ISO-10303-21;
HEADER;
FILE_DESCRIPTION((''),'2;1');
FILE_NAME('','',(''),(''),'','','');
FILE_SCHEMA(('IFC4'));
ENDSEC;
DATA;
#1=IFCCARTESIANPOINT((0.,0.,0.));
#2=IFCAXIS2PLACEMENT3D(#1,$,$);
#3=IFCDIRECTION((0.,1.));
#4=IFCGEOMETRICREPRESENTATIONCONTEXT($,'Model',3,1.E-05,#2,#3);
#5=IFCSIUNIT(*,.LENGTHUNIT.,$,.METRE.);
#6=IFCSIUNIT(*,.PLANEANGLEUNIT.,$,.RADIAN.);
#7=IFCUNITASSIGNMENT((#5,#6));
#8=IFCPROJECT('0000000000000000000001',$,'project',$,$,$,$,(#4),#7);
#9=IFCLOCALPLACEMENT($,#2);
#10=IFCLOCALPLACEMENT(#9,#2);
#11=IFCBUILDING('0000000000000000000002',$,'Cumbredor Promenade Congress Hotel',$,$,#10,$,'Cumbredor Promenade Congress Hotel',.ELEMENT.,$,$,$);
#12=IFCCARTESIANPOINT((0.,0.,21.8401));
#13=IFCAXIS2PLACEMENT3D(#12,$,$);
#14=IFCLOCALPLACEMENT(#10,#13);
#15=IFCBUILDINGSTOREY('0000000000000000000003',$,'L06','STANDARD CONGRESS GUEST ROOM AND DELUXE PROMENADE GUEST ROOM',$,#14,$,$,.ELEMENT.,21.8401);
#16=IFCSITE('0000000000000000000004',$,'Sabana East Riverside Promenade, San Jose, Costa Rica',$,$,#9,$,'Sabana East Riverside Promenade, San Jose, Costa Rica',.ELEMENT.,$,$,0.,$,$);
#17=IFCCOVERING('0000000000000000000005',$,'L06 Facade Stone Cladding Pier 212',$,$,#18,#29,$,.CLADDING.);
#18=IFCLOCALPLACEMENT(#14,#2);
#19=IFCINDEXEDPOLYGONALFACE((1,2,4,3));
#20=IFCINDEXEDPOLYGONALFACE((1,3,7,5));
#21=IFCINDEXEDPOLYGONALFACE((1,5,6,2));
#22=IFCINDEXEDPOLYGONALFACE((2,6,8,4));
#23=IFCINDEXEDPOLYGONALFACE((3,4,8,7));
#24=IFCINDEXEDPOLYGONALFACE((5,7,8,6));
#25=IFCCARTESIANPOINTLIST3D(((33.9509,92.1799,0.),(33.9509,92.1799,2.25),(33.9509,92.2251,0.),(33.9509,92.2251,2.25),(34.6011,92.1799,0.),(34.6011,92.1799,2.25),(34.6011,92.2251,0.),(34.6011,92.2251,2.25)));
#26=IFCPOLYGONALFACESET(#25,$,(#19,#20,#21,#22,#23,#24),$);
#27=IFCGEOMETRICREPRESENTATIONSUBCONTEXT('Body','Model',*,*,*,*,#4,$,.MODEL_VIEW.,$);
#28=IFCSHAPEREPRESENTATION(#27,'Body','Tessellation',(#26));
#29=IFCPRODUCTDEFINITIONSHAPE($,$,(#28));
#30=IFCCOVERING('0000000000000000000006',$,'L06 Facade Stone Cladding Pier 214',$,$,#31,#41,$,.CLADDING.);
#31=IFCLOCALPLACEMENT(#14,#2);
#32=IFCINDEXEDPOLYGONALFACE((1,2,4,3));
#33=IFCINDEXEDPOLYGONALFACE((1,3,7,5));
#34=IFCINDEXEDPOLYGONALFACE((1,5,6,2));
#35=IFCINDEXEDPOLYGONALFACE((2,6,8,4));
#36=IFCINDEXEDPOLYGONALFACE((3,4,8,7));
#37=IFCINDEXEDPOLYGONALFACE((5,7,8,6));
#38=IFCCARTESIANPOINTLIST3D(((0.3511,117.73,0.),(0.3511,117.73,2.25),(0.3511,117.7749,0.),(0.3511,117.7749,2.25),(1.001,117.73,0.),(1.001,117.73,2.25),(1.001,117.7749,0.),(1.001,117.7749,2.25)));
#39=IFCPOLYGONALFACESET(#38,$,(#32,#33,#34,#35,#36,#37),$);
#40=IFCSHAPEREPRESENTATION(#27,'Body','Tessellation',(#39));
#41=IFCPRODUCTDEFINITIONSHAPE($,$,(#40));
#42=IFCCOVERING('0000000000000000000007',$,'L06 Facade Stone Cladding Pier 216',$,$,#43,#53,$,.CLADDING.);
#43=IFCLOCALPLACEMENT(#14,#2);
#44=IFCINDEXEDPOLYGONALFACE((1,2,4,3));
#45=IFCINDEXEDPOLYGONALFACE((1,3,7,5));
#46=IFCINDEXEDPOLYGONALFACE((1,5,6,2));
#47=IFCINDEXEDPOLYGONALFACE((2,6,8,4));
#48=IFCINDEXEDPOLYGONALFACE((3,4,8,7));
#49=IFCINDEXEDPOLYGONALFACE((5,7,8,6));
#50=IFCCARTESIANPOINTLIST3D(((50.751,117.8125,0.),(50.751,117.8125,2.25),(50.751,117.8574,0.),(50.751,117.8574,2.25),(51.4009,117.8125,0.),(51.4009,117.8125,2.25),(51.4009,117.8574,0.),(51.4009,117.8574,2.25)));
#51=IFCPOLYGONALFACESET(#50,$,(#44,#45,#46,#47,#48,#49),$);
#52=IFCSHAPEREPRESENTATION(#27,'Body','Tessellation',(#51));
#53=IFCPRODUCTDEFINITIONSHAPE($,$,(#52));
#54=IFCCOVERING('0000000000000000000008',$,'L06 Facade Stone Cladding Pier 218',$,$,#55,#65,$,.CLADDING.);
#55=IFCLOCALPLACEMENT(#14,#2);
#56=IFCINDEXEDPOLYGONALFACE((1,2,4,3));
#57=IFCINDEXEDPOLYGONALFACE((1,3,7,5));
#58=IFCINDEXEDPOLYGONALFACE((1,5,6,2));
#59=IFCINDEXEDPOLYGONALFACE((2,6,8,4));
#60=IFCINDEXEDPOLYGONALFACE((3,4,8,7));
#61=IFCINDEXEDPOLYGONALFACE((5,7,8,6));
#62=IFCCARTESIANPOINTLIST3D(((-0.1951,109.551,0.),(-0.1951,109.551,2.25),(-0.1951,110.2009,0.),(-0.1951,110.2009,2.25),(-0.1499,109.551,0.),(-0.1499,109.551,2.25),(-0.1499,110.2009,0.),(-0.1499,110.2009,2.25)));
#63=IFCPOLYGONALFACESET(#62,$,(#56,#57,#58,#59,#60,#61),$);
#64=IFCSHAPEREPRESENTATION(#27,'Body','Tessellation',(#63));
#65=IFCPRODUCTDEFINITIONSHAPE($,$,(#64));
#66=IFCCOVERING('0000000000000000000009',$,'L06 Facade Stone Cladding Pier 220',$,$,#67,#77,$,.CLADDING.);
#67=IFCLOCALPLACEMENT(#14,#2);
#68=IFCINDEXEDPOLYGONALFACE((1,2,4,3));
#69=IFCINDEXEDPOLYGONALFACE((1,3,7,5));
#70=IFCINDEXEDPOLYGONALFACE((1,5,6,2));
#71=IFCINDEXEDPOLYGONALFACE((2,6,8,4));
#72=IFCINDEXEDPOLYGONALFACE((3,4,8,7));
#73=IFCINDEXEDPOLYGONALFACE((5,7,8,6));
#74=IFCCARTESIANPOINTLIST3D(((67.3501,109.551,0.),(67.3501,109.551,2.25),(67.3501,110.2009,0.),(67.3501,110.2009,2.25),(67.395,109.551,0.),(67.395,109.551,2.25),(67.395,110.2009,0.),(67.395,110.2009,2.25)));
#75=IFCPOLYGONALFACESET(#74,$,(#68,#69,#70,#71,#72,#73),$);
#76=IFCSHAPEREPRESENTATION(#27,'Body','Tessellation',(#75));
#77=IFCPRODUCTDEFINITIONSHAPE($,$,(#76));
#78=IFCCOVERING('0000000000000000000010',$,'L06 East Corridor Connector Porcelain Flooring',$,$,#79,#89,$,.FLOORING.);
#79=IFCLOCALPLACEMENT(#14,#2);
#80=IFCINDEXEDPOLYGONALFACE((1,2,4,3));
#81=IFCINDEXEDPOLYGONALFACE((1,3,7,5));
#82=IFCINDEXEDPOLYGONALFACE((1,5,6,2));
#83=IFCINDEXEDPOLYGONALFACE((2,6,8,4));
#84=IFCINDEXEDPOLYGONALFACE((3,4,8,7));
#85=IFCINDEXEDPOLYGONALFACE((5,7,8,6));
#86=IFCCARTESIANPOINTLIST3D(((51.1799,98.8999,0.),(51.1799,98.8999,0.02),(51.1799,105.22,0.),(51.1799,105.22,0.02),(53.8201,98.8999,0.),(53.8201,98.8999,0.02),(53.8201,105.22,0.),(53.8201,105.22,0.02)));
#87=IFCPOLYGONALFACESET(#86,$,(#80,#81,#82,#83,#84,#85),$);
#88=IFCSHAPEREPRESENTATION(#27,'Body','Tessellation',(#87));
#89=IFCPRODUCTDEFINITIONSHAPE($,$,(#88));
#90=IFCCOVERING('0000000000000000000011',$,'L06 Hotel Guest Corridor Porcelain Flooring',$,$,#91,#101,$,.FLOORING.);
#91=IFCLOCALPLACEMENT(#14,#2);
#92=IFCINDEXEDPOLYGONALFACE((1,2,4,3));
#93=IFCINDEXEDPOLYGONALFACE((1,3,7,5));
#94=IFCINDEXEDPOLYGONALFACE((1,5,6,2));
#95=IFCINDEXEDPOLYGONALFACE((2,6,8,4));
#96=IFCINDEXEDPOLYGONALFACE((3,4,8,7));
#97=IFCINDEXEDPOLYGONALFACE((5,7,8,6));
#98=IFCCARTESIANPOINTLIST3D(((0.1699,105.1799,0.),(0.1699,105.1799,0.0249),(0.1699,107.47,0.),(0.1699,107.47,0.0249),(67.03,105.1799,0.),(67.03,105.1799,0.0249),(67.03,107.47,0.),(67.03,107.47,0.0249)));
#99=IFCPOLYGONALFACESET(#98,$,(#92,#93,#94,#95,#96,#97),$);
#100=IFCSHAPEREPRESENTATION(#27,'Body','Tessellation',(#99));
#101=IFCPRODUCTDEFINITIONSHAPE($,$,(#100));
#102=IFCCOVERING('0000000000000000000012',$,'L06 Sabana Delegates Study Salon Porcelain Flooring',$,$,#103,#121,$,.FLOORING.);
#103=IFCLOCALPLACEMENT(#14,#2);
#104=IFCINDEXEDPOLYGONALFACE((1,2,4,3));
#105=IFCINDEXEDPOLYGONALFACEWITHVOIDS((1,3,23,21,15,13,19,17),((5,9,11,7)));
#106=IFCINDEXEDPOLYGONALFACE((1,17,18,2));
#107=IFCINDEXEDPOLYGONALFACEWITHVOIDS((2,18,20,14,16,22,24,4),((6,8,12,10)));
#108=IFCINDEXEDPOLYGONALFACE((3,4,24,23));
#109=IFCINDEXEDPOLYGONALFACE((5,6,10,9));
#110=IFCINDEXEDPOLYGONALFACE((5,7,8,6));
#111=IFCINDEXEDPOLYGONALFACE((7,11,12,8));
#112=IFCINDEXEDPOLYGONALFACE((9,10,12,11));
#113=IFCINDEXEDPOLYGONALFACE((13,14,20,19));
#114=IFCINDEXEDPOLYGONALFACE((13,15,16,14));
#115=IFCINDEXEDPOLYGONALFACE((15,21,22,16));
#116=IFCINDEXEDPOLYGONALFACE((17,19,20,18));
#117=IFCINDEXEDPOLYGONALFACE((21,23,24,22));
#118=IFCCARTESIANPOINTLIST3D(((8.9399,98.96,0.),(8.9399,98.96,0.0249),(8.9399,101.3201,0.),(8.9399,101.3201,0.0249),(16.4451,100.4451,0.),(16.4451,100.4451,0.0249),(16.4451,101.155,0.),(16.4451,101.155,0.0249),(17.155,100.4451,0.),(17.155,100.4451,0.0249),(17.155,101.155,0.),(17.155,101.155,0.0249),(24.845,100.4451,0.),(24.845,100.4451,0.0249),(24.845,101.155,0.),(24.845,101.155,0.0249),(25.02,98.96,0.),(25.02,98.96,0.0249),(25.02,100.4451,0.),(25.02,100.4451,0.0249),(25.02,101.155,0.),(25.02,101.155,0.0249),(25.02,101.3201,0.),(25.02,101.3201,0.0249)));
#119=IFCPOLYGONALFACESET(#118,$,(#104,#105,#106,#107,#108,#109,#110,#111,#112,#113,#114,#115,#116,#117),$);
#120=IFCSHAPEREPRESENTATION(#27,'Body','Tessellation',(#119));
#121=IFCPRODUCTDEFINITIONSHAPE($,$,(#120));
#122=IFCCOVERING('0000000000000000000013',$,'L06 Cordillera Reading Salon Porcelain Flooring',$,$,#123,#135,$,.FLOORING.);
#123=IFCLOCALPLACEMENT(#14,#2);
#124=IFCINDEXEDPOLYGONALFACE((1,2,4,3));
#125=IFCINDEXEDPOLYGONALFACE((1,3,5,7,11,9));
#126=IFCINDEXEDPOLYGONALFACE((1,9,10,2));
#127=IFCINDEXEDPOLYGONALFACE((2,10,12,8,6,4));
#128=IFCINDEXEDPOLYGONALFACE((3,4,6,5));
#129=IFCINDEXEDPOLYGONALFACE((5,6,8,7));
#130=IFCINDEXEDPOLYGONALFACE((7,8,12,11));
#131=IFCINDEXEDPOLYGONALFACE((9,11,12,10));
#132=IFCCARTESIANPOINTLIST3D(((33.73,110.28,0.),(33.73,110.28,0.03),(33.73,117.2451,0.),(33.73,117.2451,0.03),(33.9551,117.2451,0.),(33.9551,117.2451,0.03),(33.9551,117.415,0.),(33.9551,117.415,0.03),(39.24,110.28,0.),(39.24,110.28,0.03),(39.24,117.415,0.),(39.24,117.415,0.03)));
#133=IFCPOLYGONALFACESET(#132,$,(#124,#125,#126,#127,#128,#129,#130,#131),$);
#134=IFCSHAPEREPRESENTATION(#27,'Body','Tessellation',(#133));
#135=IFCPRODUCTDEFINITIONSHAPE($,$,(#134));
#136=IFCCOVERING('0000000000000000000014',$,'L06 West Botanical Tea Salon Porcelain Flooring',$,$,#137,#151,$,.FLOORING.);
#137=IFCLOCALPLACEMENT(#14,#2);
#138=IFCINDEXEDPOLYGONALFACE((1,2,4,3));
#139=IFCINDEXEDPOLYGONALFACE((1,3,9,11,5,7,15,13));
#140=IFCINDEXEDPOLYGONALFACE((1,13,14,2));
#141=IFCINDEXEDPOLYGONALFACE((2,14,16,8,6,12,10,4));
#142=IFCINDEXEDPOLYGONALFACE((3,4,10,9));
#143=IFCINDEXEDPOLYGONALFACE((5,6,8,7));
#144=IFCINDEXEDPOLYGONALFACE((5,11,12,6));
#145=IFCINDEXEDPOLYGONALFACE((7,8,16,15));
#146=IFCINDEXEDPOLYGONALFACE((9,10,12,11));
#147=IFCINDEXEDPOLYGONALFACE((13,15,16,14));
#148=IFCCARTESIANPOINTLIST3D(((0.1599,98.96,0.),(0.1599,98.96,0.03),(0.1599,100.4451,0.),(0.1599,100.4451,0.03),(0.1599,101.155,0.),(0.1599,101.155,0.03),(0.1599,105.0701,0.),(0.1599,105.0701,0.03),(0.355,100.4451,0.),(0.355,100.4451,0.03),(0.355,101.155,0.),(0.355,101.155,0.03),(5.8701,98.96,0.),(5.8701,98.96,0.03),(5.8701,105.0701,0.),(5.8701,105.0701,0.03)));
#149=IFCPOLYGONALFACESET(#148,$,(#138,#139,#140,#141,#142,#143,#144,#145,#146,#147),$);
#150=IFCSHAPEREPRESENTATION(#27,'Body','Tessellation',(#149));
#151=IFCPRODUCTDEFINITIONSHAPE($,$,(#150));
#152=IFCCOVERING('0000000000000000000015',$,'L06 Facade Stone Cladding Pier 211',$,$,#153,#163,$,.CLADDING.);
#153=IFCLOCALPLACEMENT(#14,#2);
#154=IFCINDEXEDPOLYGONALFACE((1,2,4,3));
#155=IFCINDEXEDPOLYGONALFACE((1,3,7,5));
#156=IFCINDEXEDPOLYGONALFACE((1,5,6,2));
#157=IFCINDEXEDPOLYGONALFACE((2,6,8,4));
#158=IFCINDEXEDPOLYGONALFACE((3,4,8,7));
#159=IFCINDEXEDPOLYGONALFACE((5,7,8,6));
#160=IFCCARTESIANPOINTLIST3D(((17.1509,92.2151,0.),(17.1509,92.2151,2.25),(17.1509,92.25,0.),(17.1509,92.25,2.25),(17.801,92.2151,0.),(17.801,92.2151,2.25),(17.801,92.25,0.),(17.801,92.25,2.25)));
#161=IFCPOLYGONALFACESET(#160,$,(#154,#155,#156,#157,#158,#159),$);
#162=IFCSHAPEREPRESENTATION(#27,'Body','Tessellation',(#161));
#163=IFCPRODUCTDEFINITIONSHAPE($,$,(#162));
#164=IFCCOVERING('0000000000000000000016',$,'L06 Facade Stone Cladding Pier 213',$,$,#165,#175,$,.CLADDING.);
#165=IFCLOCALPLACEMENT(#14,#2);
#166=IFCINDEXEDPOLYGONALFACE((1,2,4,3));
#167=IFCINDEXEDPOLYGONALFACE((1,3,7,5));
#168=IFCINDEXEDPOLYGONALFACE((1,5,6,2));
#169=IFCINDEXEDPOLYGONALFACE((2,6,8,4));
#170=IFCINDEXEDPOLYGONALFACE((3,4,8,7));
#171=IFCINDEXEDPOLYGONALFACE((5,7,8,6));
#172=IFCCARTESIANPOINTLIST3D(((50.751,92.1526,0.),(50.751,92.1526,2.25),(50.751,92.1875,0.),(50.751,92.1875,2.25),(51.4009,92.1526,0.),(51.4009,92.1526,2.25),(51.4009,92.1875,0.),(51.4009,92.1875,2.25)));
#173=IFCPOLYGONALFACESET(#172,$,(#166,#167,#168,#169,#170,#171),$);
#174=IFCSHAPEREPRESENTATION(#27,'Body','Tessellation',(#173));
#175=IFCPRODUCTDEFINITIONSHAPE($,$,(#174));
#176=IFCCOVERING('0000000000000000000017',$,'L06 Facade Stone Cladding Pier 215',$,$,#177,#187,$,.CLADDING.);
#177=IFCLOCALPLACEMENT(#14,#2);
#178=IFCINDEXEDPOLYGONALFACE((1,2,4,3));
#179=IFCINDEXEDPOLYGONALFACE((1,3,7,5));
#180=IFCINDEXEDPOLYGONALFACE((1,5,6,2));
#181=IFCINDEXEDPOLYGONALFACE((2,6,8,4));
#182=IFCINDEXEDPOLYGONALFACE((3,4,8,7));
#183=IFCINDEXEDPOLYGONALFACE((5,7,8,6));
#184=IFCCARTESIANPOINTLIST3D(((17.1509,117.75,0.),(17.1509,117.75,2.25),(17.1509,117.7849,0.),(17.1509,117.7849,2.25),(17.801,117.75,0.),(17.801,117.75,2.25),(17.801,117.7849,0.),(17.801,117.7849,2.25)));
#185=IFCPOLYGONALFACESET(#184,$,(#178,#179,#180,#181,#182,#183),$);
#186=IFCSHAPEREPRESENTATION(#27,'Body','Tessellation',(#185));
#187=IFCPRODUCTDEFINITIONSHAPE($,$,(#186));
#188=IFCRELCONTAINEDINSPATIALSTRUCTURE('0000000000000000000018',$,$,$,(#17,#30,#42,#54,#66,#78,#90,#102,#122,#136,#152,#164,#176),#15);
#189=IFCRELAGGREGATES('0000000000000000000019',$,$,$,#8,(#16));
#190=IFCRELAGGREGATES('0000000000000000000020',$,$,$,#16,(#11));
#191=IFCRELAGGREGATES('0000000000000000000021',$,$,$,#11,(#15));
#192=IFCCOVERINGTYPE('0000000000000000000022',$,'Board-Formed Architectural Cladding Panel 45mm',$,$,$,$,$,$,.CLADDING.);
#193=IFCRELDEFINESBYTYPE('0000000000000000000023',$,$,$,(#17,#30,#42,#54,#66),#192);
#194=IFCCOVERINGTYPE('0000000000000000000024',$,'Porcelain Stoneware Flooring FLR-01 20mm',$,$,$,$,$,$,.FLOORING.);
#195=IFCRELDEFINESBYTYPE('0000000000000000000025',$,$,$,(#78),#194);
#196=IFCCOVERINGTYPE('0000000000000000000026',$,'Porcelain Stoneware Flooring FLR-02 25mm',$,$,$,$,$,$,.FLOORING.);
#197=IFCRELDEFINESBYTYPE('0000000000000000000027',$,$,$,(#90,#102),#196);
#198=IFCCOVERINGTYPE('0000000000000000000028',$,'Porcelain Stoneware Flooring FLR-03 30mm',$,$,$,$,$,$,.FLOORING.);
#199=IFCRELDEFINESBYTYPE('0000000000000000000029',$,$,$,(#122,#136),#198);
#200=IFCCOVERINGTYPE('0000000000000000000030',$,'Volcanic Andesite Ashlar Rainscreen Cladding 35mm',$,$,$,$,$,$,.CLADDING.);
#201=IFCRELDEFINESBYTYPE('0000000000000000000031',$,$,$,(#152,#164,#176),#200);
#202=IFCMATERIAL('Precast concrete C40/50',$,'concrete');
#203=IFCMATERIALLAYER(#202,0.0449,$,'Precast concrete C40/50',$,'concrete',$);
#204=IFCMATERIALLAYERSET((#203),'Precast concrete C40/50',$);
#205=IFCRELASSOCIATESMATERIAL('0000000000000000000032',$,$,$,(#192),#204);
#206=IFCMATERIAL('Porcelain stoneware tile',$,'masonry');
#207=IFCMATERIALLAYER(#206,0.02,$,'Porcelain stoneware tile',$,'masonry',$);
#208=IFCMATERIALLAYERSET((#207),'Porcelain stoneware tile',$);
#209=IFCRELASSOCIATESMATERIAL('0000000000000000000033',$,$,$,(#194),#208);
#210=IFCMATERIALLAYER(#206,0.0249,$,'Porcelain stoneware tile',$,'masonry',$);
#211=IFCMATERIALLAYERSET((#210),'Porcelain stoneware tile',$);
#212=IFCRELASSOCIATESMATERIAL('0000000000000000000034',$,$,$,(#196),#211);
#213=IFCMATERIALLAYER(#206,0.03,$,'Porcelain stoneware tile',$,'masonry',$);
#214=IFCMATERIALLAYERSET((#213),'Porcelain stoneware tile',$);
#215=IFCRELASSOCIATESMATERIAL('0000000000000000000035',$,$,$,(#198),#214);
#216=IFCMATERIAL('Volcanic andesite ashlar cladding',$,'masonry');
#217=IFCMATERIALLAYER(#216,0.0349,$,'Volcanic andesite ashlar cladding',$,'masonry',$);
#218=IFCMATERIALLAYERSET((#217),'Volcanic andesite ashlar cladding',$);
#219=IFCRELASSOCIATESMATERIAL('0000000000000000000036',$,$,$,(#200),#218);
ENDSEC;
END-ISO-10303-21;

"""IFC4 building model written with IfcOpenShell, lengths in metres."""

from ifc_helpers import new_model, si_unit, direction, frame, origin, place, context, subcontext, project, spatial, polyline, outline, extrude, material, layer, layer_set, type_object, element, save


model = new_model("IFC4")

# Units and contexts
model_context = context("Model", 3, precision=1e-05, world=origin(), true_north=direction((0.0, 1.0)))
body_context = subcontext(model_context, "Body", "Model", "MODEL_VIEW")
ifc_project = project(units=[si_unit("LENGTHUNIT", "METRE"), si_unit("PLANEANGLEUNIT", "RADIAN")], contexts=[model_context])

# Site, building, storey
site_placement = place(None, origin())
site = spatial("IfcSite", under=ifc_project, at=site_placement, Name="Sabana East Riverside Promenade, San Jose, Costa Rica", LongName="Sabana East Riverside Promenade, San Jose, Costa Rica", CompositionType="ELEMENT", RefElevation=0.0)
building_placement = place(site_placement, origin())
building = spatial("IfcBuilding", under=site, at=building_placement, Name="Cumbredor Promenade Congress Hotel", LongName="Cumbredor Promenade Congress Hotel", CompositionType="ELEMENT")
storey_placement = place(building_placement, frame((0.0, 0.0, 21.8401)))
storey = spatial("IfcBuildingStorey", under=building, at=storey_placement, Name="L06", Description="STANDARD CONGRESS GUEST ROOM AND DELUXE PROMENADE GUEST ROOM", CompositionType="ELEMENT", Elevation=21.8401)

# Coverings
ifc_material_1 = material(Name="Precast concrete C40/50", Category="concrete")
ifc_layer_1 = layer(ifc_material_1, 0.0449, Name="Precast concrete C40/50", Category="concrete")
ifc_layer_set_1 = layer_set([ifc_layer_1], Name="Precast concrete C40/50")
covering_type_1 = type_object("IfcCoveringType", Name="Board-Formed Architectural Cladding Panel 45mm", PredefinedType="CLADDING", material=ifc_layer_set_1)
covering_1_placement = place(storey_placement, origin())
element("IfcCovering", 1, at=covering_1_placement, inside=storey, type_object=covering_type_1, Name="L06 Facade Stone Cladding Pier 212", PredefinedType="CLADDING", context=body_context, shape_type="SweptSolid", body=[
    extrude(outline(polyline([(33.9509, 92.2251), (34.6011, 92.2251), (34.6011, 92.1799), (33.9509, 92.1799), (33.9509, 92.2251)])), origin(), (0.0, 0.0, 1.0), 2.25),
])
covering_2_placement = place(storey_placement, origin())
element("IfcCovering", 2, at=covering_2_placement, inside=storey, type_object=covering_type_1, Name="L06 Facade Stone Cladding Pier 214", PredefinedType="CLADDING", context=body_context, shape_type="SweptSolid", body=[
    extrude(outline(polyline([(0.3511, 117.73), (1.001, 117.73), (1.001, 117.7749), (0.3511, 117.7749), (0.3511, 117.73)])), origin(), (0.0, 0.0, 1.0), 2.25),
])
covering_3_placement = place(storey_placement, origin())
element("IfcCovering", 3, at=covering_3_placement, inside=storey, type_object=covering_type_1, Name="L06 Facade Stone Cladding Pier 216", PredefinedType="CLADDING", context=body_context, shape_type="SweptSolid", body=[
    extrude(outline(polyline([(50.751, 117.8125), (51.4009, 117.8125), (51.4009, 117.8574), (50.751, 117.8574), (50.751, 117.8125)])), origin(), (0.0, 0.0, 1.0), 2.25),
])
covering_4_placement = place(storey_placement, origin())
element("IfcCovering", 4, at=covering_4_placement, inside=storey, type_object=covering_type_1, Name="L06 Facade Stone Cladding Pier 218", PredefinedType="CLADDING", context=body_context, shape_type="SweptSolid", body=[
    extrude(outline(polyline([(-0.1499, 109.551), (-0.1499, 110.2009), (-0.1951, 110.2009), (-0.1951, 109.551), (-0.1499, 109.551)])), origin(), (0.0, 0.0, 1.0), 2.25),
])
covering_5_placement = place(storey_placement, origin())
element("IfcCovering", 5, at=covering_5_placement, inside=storey, type_object=covering_type_1, Name="L06 Facade Stone Cladding Pier 220", PredefinedType="CLADDING", context=body_context, shape_type="SweptSolid", body=[
    extrude(outline(polyline([(67.3501, 109.551), (67.3501, 110.2009), (67.395, 110.2009), (67.395, 109.551), (67.3501, 109.551)])), origin(), (0.0, 0.0, 1.0), 2.25),
])
ifc_material_2 = material(Name="Porcelain stoneware tile", Category="masonry")
ifc_layer_2 = layer(ifc_material_2, 0.02, Name="Porcelain stoneware tile", Category="masonry")
ifc_layer_set_2 = layer_set([ifc_layer_2], Name="Porcelain stoneware tile")
covering_type_2 = type_object("IfcCoveringType", Name="Porcelain Stoneware Flooring FLR-01 20mm", PredefinedType="FLOORING", material=ifc_layer_set_2)
covering_6_placement = place(storey_placement, origin())
element("IfcCovering", 6, at=covering_6_placement, inside=storey, type_object=covering_type_2, Name="L06 East Corridor Connector Porcelain Flooring", PredefinedType="FLOORING", context=body_context, shape_type="SweptSolid", body=[
    extrude(outline(polyline([(53.8201, 98.8999), (53.8201, 105.22), (51.1799, 105.22), (51.1799, 98.8999), (53.8201, 98.8999)])), origin(), (0.0, 0.0, 1.0), 0.02),
])
ifc_layer_3 = layer(ifc_material_2, 0.0249, Name="Porcelain stoneware tile", Category="masonry")
ifc_layer_set_3 = layer_set([ifc_layer_3], Name="Porcelain stoneware tile")
covering_type_3 = type_object("IfcCoveringType", Name="Porcelain Stoneware Flooring FLR-02 25mm", PredefinedType="FLOORING", material=ifc_layer_set_3)
covering_7_placement = place(storey_placement, origin())
element("IfcCovering", 7, at=covering_7_placement, inside=storey, type_object=covering_type_3, Name="L06 Hotel Guest Corridor Porcelain Flooring", PredefinedType="FLOORING", context=body_context, shape_type="SweptSolid", body=[
    extrude(outline(polyline([(67.03, 105.1799), (67.03, 107.47), (0.1699, 107.47), (0.1699, 105.1799), (67.03, 105.1799)])), origin(), (0.0, 0.0, 1.0), 0.0249),
])
covering_8_placement = place(storey_placement, origin())
element("IfcCovering", 8, at=covering_8_placement, inside=storey, type_object=covering_type_3, Name="L06 Sabana Delegates Study Salon Porcelain Flooring", PredefinedType="FLOORING", context=body_context, shape_type="SweptSolid", body=[
    extrude(outline(polyline([(8.9399, 101.3201), (25.02, 101.3201), (25.02, 101.155), (24.845, 101.155), (24.845, 100.4451), (25.02, 100.4451), (25.02, 98.96), (8.9399, 98.96), (8.9399, 101.3201)]), holes=[polyline([(16.4451, 101.155), (16.4451, 100.4451), (17.155, 100.4451), (17.155, 101.155), (16.4451, 101.155)])]), origin(), (0.0, 0.0, 1.0), 0.0249),
])
ifc_layer_4 = layer(ifc_material_2, 0.03, Name="Porcelain stoneware tile", Category="masonry")
ifc_layer_set_4 = layer_set([ifc_layer_4], Name="Porcelain stoneware tile")
covering_type_4 = type_object("IfcCoveringType", Name="Porcelain Stoneware Flooring FLR-03 30mm", PredefinedType="FLOORING", material=ifc_layer_set_4)
covering_9_placement = place(storey_placement, origin())
element("IfcCovering", 9, at=covering_9_placement, inside=storey, type_object=covering_type_4, Name="L06 Cordillera Reading Salon Porcelain Flooring", PredefinedType="FLOORING", context=body_context, shape_type="SweptSolid", body=[
    extrude(outline(polyline([(39.24, 117.415), (39.24, 110.28), (33.73, 110.28), (33.73, 117.2451), (33.9551, 117.2451), (33.9551, 117.415), (39.24, 117.415)])), origin(), (0.0, 0.0, 1.0), 0.03),
])
covering_10_placement = place(storey_placement, origin())
element("IfcCovering", 10, at=covering_10_placement, inside=storey, type_object=covering_type_4, Name="L06 West Botanical Tea Salon Porcelain Flooring", PredefinedType="FLOORING", context=body_context, shape_type="SweptSolid", body=[
    extrude(outline(polyline([(0.1599, 105.0701), (5.8701, 105.0701), (5.8701, 98.96), (0.1599, 98.96), (0.1599, 100.4451), (0.355, 100.4451), (0.355, 101.155), (0.1599, 101.155), (0.1599, 105.0701)])), origin(), (0.0, 0.0, 1.0), 0.03),
])
ifc_material_3 = material(Name="Volcanic andesite ashlar cladding", Category="masonry")
ifc_layer_5 = layer(ifc_material_3, 0.0349, Name="Volcanic andesite ashlar cladding", Category="masonry")
ifc_layer_set_5 = layer_set([ifc_layer_5], Name="Volcanic andesite ashlar cladding")
covering_type_5 = type_object("IfcCoveringType", Name="Volcanic Andesite Ashlar Rainscreen Cladding 35mm", PredefinedType="CLADDING", material=ifc_layer_set_5)
covering_11_placement = place(storey_placement, origin())
element("IfcCovering", 11, at=covering_11_placement, inside=storey, type_object=covering_type_5, Name="L06 Facade Stone Cladding Pier 211", PredefinedType="CLADDING", context=body_context, shape_type="SweptSolid", body=[
    extrude(outline(polyline([(17.1509, 92.25), (17.801, 92.25), (17.801, 92.2151), (17.1509, 92.2151), (17.1509, 92.25)])), origin(), (0.0, 0.0, 1.0), 2.25),
])
covering_12_placement = place(storey_placement, origin())
element("IfcCovering", 12, at=covering_12_placement, inside=storey, type_object=covering_type_5, Name="L06 Facade Stone Cladding Pier 213", PredefinedType="CLADDING", context=body_context, shape_type="SweptSolid", body=[
    extrude(outline(polyline([(50.751, 92.1875), (51.4009, 92.1875), (51.4009, 92.1526), (50.751, 92.1526), (50.751, 92.1875)])), origin(), (0.0, 0.0, 1.0), 2.25),
])
covering_13_placement = place(storey_placement, origin())
element("IfcCovering", 13, at=covering_13_placement, inside=storey, type_object=covering_type_5, Name="L06 Facade Stone Cladding Pier 215", PredefinedType="CLADDING", context=body_context, shape_type="SweptSolid", body=[
    extrude(outline(polyline([(17.1509, 117.75), (17.801, 117.75), (17.801, 117.7849), (17.1509, 117.7849), (17.1509, 117.75)])), origin(), (0.0, 0.0, 1.0), 2.25),
])

save(model, "model.ifc")
